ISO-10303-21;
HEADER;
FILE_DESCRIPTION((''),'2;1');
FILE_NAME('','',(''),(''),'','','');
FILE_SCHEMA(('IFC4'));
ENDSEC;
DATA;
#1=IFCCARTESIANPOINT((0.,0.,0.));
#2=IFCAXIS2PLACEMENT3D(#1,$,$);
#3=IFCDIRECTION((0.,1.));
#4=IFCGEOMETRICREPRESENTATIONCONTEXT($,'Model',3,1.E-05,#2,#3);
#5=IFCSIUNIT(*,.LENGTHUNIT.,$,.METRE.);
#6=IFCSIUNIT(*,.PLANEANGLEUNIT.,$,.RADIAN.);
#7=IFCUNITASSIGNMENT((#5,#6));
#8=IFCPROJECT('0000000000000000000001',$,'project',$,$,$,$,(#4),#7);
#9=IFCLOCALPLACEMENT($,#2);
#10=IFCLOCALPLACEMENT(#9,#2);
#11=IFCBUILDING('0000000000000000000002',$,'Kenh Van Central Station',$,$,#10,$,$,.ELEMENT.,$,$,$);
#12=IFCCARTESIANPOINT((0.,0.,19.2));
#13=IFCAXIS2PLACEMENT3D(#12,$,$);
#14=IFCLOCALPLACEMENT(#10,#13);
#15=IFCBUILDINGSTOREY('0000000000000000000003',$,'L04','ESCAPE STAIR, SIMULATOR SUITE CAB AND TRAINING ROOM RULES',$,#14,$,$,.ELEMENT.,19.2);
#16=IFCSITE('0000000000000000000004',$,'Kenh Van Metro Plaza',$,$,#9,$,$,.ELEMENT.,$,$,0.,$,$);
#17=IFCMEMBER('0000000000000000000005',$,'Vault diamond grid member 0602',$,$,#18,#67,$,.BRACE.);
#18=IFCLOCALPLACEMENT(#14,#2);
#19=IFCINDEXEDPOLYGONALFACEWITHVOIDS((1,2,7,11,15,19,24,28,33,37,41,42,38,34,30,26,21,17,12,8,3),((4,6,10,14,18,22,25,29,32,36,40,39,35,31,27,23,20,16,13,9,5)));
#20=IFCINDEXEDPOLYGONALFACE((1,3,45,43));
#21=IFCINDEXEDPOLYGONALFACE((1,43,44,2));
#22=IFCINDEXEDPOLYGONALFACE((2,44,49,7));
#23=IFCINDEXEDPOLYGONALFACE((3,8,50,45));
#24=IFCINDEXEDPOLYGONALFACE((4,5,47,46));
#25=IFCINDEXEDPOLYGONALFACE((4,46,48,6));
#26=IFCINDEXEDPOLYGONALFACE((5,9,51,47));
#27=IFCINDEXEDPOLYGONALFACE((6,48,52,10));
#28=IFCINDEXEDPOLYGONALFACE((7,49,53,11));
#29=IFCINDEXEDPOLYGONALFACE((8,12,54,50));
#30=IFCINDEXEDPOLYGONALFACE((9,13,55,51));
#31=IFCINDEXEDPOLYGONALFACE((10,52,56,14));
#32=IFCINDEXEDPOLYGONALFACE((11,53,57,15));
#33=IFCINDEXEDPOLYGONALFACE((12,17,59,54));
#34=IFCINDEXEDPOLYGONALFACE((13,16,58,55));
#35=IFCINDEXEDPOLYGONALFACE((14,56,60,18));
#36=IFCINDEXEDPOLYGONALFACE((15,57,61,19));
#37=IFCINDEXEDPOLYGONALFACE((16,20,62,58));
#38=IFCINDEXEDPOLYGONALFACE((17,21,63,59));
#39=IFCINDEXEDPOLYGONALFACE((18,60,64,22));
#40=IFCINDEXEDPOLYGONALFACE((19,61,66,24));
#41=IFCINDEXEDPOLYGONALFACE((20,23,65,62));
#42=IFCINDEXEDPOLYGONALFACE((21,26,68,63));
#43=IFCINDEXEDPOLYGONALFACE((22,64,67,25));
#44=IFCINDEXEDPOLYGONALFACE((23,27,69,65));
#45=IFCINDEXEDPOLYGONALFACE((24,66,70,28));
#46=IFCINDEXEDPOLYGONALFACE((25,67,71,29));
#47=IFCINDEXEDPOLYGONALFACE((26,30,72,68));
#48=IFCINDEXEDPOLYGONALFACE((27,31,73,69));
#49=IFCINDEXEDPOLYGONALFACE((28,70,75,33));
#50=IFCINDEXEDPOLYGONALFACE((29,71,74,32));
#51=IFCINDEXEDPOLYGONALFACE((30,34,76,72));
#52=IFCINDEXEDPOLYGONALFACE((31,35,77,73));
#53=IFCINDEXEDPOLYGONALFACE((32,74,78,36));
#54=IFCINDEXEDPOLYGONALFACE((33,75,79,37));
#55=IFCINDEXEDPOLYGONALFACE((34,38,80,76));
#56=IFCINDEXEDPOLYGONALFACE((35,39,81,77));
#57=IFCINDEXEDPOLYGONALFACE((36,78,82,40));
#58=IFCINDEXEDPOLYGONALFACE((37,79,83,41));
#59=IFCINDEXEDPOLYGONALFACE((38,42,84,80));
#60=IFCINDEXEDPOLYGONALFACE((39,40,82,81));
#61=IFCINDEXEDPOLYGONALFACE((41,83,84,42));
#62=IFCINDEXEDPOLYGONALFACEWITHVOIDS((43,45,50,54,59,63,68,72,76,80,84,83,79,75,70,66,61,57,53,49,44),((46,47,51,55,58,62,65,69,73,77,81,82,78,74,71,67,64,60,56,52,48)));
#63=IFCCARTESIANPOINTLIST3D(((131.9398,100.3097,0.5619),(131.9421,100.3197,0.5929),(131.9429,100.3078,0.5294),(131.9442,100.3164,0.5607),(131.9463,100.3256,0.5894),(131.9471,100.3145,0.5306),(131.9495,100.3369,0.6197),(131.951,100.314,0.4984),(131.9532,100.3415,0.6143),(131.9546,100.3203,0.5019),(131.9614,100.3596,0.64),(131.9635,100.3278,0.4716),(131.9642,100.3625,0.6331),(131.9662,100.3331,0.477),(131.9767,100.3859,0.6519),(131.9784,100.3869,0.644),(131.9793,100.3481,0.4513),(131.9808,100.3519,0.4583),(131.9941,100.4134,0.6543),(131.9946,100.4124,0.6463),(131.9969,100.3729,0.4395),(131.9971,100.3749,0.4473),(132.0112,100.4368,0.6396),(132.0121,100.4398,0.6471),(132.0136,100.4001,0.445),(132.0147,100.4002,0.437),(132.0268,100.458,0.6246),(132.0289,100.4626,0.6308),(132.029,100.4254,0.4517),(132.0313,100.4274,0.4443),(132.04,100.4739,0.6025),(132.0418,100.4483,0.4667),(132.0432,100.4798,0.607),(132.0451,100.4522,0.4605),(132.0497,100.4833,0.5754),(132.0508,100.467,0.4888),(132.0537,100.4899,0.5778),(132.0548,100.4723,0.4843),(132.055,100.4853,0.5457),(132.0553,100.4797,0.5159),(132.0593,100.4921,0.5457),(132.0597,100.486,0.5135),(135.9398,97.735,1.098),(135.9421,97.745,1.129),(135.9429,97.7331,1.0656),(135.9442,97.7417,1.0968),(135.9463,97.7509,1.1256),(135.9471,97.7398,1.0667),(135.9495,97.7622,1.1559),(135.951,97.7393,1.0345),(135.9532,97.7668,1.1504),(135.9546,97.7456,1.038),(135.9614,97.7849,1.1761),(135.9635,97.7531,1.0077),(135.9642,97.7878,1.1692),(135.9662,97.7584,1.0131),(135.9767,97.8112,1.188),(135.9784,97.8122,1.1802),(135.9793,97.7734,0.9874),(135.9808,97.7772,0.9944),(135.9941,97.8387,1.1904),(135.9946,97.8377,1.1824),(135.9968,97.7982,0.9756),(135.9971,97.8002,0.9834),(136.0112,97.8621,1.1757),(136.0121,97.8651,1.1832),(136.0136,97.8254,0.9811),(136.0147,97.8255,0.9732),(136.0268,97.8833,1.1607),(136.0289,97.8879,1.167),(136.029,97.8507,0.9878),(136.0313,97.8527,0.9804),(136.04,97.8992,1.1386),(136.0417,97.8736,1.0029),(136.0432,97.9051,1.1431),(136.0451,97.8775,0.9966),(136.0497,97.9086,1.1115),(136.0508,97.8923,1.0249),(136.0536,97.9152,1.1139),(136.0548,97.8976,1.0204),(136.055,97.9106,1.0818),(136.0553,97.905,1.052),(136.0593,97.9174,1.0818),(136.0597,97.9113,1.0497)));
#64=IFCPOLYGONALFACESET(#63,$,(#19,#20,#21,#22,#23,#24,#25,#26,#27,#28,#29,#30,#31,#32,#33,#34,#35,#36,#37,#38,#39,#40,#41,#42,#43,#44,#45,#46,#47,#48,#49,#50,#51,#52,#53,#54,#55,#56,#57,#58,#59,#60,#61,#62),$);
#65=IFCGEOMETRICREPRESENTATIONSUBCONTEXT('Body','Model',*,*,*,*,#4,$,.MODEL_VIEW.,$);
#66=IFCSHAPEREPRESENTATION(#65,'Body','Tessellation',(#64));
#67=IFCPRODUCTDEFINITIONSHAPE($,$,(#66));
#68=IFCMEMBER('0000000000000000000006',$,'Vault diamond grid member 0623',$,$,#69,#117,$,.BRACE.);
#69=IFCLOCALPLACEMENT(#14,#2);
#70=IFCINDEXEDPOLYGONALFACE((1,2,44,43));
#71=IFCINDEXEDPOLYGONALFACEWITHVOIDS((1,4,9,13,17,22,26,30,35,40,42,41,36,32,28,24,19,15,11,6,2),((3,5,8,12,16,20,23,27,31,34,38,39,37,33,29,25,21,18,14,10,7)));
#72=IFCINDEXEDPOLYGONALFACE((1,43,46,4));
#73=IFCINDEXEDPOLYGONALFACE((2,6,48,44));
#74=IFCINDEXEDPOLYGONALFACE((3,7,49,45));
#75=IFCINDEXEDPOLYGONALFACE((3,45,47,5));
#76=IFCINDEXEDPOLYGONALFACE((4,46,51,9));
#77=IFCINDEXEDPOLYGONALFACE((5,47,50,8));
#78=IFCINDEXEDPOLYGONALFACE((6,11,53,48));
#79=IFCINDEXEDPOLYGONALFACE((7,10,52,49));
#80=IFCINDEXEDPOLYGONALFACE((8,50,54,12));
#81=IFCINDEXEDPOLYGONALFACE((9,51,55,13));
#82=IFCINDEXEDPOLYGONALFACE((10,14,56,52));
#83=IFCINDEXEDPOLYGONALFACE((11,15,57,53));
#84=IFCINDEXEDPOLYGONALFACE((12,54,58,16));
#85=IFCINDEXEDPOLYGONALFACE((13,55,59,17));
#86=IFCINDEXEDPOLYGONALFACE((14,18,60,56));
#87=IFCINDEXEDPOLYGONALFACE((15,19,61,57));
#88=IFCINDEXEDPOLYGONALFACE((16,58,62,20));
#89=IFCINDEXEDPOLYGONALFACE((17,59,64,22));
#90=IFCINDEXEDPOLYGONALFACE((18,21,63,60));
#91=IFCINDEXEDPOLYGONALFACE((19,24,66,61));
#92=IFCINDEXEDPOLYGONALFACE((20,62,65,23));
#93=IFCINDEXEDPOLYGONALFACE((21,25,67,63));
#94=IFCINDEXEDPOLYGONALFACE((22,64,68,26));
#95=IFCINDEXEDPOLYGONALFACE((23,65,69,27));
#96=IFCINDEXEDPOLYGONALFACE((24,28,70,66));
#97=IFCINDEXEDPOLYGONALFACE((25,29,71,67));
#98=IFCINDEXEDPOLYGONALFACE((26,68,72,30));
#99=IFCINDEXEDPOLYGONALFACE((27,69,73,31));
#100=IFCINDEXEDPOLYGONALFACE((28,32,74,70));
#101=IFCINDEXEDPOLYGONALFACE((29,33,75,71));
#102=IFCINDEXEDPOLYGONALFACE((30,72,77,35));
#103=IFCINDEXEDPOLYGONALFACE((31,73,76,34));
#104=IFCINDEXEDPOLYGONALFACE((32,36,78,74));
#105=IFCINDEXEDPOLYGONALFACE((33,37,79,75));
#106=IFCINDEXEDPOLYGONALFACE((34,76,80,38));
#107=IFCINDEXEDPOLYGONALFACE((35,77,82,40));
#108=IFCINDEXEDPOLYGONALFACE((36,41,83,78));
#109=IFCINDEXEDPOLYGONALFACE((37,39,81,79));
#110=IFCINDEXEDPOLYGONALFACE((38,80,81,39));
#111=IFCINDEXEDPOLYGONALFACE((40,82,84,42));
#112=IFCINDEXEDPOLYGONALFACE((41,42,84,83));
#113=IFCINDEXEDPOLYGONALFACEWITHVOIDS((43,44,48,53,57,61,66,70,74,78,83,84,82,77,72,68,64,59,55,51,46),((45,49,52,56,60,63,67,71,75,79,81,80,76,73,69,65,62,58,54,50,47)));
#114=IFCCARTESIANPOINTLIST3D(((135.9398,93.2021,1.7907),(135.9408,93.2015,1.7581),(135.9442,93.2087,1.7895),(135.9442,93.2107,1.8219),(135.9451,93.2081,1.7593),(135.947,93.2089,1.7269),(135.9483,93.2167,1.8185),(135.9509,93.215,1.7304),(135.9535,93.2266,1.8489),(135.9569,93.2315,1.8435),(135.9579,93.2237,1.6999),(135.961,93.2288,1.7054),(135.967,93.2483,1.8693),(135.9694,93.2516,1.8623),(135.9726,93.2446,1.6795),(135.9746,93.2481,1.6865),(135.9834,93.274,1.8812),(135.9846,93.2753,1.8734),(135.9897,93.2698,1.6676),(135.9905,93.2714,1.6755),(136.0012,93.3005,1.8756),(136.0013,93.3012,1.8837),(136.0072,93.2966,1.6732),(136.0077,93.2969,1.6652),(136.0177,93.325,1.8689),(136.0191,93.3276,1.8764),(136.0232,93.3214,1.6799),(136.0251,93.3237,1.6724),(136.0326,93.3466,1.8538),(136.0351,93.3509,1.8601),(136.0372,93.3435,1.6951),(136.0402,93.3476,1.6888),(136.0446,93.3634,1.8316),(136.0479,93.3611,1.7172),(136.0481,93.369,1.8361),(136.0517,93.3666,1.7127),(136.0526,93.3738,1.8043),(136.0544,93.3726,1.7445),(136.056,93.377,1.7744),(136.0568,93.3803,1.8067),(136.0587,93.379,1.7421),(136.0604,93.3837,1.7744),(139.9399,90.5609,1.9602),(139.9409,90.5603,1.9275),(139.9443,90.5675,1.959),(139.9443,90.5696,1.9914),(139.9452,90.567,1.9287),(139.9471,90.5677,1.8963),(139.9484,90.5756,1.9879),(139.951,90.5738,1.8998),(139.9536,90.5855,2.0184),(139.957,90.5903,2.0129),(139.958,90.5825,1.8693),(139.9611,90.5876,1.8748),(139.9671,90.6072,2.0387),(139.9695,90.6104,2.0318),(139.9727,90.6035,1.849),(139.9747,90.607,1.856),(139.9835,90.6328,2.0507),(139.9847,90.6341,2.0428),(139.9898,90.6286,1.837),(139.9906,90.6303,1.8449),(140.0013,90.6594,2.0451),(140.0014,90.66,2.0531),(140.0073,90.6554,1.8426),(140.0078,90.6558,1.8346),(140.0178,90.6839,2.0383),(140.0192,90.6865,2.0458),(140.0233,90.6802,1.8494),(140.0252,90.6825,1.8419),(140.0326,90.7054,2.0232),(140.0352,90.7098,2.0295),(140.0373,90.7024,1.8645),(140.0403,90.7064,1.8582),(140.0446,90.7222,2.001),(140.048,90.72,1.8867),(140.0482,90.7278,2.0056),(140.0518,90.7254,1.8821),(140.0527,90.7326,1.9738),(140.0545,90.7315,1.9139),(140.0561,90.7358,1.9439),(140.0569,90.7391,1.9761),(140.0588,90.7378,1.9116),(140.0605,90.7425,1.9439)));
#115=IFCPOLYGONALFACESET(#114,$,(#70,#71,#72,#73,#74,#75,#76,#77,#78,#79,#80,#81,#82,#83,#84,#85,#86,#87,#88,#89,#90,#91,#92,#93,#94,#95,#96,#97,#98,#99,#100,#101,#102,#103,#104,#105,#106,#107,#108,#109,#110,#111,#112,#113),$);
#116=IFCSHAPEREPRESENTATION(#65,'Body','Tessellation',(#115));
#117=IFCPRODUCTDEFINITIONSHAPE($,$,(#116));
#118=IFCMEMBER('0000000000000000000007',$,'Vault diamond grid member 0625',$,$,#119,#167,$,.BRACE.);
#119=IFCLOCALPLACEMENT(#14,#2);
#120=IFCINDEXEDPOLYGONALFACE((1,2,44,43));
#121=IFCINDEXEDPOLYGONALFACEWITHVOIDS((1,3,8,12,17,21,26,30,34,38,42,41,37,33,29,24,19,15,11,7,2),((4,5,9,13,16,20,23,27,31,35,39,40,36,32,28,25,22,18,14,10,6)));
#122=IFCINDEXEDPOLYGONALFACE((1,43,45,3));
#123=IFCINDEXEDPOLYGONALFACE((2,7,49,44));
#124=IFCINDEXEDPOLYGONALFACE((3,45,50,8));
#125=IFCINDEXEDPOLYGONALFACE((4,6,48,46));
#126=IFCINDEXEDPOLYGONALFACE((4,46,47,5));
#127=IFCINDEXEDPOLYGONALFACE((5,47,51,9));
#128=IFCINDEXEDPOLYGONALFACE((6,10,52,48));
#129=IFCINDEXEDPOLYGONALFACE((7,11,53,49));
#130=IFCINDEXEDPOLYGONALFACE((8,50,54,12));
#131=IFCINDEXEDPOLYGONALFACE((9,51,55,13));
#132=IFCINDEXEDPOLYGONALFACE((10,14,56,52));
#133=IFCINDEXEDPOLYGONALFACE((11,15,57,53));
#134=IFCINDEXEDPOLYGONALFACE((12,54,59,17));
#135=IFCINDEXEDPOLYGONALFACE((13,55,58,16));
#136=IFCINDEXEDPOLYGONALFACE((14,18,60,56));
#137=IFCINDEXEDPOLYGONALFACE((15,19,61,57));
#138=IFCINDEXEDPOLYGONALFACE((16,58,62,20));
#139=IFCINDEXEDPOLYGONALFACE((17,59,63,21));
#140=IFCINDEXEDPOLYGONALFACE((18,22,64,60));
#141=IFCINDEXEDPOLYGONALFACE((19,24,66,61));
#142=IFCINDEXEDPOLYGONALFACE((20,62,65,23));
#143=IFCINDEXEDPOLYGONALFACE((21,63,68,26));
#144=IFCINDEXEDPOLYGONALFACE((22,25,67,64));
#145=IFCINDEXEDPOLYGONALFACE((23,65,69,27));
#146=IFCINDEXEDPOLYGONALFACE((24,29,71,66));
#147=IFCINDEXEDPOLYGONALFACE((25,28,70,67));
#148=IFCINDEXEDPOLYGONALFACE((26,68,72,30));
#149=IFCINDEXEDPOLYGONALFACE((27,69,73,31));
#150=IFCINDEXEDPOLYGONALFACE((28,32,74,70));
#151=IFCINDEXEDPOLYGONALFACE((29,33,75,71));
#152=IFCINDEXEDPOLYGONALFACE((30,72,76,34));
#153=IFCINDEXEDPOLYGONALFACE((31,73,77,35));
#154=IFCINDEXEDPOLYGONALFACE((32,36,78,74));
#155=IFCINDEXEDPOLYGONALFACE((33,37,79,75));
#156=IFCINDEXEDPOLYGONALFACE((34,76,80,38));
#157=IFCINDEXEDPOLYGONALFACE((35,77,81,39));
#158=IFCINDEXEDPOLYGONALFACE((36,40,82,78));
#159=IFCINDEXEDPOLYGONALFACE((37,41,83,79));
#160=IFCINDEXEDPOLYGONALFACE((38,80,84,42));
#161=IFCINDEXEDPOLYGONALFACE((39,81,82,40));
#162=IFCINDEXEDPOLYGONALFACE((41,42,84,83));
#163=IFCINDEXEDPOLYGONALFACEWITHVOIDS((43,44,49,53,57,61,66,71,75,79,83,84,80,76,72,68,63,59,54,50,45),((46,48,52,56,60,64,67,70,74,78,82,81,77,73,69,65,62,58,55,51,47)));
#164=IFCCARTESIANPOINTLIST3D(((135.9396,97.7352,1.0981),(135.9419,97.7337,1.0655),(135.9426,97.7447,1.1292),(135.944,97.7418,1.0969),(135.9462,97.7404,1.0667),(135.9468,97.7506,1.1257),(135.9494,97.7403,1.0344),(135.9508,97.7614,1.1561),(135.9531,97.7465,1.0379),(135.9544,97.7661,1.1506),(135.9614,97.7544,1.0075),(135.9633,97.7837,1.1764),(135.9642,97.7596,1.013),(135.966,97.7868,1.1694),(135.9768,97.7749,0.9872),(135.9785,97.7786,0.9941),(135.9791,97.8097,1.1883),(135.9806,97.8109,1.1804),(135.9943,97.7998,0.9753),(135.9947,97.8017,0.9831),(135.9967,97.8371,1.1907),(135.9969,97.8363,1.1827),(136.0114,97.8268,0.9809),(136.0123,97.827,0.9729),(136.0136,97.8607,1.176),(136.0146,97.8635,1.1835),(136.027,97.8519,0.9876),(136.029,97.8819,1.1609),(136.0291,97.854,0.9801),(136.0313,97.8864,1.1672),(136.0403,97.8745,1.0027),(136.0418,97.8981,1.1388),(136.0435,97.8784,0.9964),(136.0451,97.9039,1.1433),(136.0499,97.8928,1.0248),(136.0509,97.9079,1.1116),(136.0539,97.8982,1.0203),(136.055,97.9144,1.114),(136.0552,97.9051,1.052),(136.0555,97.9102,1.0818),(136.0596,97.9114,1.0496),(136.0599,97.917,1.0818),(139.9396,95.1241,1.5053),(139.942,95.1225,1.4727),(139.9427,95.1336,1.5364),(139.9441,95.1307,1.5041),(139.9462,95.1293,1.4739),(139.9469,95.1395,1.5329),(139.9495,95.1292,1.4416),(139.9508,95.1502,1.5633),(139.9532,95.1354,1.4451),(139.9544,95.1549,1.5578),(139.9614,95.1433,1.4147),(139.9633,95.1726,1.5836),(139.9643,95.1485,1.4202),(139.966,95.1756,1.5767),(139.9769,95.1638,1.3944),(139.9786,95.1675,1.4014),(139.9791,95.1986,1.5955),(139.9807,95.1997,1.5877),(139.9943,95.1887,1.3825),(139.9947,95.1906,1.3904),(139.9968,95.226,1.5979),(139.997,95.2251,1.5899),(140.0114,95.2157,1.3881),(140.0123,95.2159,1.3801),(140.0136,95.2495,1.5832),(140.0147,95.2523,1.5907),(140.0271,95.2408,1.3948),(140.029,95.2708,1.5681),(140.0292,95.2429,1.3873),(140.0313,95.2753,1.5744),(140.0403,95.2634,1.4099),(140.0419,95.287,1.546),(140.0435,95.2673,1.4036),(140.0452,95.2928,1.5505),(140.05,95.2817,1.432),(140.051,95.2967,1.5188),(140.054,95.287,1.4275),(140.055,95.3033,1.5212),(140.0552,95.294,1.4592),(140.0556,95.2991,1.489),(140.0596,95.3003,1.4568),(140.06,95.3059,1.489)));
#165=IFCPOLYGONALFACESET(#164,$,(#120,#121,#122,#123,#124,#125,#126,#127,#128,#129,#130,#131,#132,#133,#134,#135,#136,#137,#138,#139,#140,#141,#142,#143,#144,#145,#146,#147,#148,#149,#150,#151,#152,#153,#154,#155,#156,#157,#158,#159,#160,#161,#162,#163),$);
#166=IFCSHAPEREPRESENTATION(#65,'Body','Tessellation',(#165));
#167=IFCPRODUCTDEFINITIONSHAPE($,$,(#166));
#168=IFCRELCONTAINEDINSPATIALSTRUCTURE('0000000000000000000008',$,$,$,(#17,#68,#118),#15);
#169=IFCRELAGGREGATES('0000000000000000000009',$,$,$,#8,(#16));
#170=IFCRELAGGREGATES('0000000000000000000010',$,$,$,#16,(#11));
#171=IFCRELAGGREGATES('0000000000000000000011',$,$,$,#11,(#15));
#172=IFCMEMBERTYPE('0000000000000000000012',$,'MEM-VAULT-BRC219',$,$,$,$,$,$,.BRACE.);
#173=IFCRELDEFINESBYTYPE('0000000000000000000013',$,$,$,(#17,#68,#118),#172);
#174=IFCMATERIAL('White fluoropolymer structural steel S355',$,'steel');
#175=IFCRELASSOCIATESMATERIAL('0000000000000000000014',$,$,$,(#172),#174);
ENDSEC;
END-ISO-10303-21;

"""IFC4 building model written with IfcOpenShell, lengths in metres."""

from ifc_helpers import new_model, si_unit, direction, frame, origin, origin_2d, place, context, subcontext, project, spatial, hollow_circle, extrude, material, material_profile, profile_set, type_object, element, save


model = new_model("IFC4")

# Units and contexts
model_context = context("Model", 3, precision=1e-05, world=origin(), true_north=direction((0.0, 1.0)))
body_context = subcontext(model_context, "Body", "Model", "MODEL_VIEW")
ifc_project = project(units=[si_unit("LENGTHUNIT", "METRE"), si_unit("PLANEANGLEUNIT", "RADIAN")], contexts=[model_context])

# Site, building, storey
site_placement = place(None, origin())
site = spatial("IfcSite", under=ifc_project, at=site_placement, Name="Kenh Van Metro Plaza", CompositionType="ELEMENT", RefElevation=0.0)
building_placement = place(site_placement, origin())
building = spatial("IfcBuilding", under=site, at=building_placement, Name="Kenh Van Central Station", CompositionType="ELEMENT")
storey_placement = place(building_placement, frame((0.0, 0.0, 19.2)))
storey = spatial("IfcBuildingStorey", under=building, at=storey_placement, Name="L04", Description="ESCAPE STAIR, SIMULATOR SUITE CAB AND TRAINING ROOM RULES", CompositionType="ELEMENT", Elevation=19.2)

# Shared definitions
ifc_material_1 = material(Name="White fluoropolymer structural steel S355", Category="steel")

# Members
ifc_material_profile_1 = material_profile(ifc_material_1, hollow_circle(Radius=0.1096, WallThickness=0.0081, at=origin_2d()), Name="CHS 219.1x8")
ifc_profile_set_1 = profile_set([ifc_material_profile_1], Name="White fluoropolymer structural steel S355")
member_type_1 = type_object("IfcMemberType", Name="MEM-VAULT-BRC219", PredefinedType="BRACE", material=ifc_profile_set_1)
member_1_placement = place(storey_placement, frame((132.0, 100.3999, 0.5457), z_axis=(0.835575, -0.53784, 0.111995), x_axis=(0.541245, 0.840865, 0.0)))
element("IfcMember", 1, at=member_1_placement, inside=storey, type_object=member_type_1, Name="Vault diamond grid member 0602", PredefinedType="BRACE", context=body_context, shape_type="SweptSolid", body=[
    extrude(hollow_circle(Radius=0.1096, WallThickness=0.0081, at=origin_2d()), origin(), (0.0, 0.0, 1.0), 4.7871),
])
member_2_placement = place(storey_placement, frame((136.0, 93.2922, 1.7744), z_axis=(0.833982, -0.55066, 0.035326), x_axis=(0.551004, 0.834503, 0.0)))
element("IfcMember", 2, at=member_2_placement, inside=storey, type_object=member_type_1, Name="Vault diamond grid member 0623", PredefinedType="BRACE", context=body_context, shape_type="SweptSolid", body=[
    extrude(hollow_circle(Radius=0.1096, WallThickness=0.0081, at=origin_2d()), origin(), (0.0, 0.0, 1.0), 4.7964),
])
member_3_placement = place(storey_placement, frame((136.0, 97.8252, 1.0818), z_axis=(0.834355, -0.544643, 0.084943), x_axis=(0.546619, 0.837382, 0.0)))
element("IfcMember", 3, at=member_3_placement, inside=storey, type_object=member_type_1, Name="Vault diamond grid member 0625", PredefinedType="BRACE", context=body_context, shape_type="SweptSolid", body=[
    extrude(hollow_circle(Radius=0.1096, WallThickness=0.0081, at=origin_2d()), origin(), (0.0, 0.0, 1.0), 4.7942),
])

save(model, "model.ifc")
